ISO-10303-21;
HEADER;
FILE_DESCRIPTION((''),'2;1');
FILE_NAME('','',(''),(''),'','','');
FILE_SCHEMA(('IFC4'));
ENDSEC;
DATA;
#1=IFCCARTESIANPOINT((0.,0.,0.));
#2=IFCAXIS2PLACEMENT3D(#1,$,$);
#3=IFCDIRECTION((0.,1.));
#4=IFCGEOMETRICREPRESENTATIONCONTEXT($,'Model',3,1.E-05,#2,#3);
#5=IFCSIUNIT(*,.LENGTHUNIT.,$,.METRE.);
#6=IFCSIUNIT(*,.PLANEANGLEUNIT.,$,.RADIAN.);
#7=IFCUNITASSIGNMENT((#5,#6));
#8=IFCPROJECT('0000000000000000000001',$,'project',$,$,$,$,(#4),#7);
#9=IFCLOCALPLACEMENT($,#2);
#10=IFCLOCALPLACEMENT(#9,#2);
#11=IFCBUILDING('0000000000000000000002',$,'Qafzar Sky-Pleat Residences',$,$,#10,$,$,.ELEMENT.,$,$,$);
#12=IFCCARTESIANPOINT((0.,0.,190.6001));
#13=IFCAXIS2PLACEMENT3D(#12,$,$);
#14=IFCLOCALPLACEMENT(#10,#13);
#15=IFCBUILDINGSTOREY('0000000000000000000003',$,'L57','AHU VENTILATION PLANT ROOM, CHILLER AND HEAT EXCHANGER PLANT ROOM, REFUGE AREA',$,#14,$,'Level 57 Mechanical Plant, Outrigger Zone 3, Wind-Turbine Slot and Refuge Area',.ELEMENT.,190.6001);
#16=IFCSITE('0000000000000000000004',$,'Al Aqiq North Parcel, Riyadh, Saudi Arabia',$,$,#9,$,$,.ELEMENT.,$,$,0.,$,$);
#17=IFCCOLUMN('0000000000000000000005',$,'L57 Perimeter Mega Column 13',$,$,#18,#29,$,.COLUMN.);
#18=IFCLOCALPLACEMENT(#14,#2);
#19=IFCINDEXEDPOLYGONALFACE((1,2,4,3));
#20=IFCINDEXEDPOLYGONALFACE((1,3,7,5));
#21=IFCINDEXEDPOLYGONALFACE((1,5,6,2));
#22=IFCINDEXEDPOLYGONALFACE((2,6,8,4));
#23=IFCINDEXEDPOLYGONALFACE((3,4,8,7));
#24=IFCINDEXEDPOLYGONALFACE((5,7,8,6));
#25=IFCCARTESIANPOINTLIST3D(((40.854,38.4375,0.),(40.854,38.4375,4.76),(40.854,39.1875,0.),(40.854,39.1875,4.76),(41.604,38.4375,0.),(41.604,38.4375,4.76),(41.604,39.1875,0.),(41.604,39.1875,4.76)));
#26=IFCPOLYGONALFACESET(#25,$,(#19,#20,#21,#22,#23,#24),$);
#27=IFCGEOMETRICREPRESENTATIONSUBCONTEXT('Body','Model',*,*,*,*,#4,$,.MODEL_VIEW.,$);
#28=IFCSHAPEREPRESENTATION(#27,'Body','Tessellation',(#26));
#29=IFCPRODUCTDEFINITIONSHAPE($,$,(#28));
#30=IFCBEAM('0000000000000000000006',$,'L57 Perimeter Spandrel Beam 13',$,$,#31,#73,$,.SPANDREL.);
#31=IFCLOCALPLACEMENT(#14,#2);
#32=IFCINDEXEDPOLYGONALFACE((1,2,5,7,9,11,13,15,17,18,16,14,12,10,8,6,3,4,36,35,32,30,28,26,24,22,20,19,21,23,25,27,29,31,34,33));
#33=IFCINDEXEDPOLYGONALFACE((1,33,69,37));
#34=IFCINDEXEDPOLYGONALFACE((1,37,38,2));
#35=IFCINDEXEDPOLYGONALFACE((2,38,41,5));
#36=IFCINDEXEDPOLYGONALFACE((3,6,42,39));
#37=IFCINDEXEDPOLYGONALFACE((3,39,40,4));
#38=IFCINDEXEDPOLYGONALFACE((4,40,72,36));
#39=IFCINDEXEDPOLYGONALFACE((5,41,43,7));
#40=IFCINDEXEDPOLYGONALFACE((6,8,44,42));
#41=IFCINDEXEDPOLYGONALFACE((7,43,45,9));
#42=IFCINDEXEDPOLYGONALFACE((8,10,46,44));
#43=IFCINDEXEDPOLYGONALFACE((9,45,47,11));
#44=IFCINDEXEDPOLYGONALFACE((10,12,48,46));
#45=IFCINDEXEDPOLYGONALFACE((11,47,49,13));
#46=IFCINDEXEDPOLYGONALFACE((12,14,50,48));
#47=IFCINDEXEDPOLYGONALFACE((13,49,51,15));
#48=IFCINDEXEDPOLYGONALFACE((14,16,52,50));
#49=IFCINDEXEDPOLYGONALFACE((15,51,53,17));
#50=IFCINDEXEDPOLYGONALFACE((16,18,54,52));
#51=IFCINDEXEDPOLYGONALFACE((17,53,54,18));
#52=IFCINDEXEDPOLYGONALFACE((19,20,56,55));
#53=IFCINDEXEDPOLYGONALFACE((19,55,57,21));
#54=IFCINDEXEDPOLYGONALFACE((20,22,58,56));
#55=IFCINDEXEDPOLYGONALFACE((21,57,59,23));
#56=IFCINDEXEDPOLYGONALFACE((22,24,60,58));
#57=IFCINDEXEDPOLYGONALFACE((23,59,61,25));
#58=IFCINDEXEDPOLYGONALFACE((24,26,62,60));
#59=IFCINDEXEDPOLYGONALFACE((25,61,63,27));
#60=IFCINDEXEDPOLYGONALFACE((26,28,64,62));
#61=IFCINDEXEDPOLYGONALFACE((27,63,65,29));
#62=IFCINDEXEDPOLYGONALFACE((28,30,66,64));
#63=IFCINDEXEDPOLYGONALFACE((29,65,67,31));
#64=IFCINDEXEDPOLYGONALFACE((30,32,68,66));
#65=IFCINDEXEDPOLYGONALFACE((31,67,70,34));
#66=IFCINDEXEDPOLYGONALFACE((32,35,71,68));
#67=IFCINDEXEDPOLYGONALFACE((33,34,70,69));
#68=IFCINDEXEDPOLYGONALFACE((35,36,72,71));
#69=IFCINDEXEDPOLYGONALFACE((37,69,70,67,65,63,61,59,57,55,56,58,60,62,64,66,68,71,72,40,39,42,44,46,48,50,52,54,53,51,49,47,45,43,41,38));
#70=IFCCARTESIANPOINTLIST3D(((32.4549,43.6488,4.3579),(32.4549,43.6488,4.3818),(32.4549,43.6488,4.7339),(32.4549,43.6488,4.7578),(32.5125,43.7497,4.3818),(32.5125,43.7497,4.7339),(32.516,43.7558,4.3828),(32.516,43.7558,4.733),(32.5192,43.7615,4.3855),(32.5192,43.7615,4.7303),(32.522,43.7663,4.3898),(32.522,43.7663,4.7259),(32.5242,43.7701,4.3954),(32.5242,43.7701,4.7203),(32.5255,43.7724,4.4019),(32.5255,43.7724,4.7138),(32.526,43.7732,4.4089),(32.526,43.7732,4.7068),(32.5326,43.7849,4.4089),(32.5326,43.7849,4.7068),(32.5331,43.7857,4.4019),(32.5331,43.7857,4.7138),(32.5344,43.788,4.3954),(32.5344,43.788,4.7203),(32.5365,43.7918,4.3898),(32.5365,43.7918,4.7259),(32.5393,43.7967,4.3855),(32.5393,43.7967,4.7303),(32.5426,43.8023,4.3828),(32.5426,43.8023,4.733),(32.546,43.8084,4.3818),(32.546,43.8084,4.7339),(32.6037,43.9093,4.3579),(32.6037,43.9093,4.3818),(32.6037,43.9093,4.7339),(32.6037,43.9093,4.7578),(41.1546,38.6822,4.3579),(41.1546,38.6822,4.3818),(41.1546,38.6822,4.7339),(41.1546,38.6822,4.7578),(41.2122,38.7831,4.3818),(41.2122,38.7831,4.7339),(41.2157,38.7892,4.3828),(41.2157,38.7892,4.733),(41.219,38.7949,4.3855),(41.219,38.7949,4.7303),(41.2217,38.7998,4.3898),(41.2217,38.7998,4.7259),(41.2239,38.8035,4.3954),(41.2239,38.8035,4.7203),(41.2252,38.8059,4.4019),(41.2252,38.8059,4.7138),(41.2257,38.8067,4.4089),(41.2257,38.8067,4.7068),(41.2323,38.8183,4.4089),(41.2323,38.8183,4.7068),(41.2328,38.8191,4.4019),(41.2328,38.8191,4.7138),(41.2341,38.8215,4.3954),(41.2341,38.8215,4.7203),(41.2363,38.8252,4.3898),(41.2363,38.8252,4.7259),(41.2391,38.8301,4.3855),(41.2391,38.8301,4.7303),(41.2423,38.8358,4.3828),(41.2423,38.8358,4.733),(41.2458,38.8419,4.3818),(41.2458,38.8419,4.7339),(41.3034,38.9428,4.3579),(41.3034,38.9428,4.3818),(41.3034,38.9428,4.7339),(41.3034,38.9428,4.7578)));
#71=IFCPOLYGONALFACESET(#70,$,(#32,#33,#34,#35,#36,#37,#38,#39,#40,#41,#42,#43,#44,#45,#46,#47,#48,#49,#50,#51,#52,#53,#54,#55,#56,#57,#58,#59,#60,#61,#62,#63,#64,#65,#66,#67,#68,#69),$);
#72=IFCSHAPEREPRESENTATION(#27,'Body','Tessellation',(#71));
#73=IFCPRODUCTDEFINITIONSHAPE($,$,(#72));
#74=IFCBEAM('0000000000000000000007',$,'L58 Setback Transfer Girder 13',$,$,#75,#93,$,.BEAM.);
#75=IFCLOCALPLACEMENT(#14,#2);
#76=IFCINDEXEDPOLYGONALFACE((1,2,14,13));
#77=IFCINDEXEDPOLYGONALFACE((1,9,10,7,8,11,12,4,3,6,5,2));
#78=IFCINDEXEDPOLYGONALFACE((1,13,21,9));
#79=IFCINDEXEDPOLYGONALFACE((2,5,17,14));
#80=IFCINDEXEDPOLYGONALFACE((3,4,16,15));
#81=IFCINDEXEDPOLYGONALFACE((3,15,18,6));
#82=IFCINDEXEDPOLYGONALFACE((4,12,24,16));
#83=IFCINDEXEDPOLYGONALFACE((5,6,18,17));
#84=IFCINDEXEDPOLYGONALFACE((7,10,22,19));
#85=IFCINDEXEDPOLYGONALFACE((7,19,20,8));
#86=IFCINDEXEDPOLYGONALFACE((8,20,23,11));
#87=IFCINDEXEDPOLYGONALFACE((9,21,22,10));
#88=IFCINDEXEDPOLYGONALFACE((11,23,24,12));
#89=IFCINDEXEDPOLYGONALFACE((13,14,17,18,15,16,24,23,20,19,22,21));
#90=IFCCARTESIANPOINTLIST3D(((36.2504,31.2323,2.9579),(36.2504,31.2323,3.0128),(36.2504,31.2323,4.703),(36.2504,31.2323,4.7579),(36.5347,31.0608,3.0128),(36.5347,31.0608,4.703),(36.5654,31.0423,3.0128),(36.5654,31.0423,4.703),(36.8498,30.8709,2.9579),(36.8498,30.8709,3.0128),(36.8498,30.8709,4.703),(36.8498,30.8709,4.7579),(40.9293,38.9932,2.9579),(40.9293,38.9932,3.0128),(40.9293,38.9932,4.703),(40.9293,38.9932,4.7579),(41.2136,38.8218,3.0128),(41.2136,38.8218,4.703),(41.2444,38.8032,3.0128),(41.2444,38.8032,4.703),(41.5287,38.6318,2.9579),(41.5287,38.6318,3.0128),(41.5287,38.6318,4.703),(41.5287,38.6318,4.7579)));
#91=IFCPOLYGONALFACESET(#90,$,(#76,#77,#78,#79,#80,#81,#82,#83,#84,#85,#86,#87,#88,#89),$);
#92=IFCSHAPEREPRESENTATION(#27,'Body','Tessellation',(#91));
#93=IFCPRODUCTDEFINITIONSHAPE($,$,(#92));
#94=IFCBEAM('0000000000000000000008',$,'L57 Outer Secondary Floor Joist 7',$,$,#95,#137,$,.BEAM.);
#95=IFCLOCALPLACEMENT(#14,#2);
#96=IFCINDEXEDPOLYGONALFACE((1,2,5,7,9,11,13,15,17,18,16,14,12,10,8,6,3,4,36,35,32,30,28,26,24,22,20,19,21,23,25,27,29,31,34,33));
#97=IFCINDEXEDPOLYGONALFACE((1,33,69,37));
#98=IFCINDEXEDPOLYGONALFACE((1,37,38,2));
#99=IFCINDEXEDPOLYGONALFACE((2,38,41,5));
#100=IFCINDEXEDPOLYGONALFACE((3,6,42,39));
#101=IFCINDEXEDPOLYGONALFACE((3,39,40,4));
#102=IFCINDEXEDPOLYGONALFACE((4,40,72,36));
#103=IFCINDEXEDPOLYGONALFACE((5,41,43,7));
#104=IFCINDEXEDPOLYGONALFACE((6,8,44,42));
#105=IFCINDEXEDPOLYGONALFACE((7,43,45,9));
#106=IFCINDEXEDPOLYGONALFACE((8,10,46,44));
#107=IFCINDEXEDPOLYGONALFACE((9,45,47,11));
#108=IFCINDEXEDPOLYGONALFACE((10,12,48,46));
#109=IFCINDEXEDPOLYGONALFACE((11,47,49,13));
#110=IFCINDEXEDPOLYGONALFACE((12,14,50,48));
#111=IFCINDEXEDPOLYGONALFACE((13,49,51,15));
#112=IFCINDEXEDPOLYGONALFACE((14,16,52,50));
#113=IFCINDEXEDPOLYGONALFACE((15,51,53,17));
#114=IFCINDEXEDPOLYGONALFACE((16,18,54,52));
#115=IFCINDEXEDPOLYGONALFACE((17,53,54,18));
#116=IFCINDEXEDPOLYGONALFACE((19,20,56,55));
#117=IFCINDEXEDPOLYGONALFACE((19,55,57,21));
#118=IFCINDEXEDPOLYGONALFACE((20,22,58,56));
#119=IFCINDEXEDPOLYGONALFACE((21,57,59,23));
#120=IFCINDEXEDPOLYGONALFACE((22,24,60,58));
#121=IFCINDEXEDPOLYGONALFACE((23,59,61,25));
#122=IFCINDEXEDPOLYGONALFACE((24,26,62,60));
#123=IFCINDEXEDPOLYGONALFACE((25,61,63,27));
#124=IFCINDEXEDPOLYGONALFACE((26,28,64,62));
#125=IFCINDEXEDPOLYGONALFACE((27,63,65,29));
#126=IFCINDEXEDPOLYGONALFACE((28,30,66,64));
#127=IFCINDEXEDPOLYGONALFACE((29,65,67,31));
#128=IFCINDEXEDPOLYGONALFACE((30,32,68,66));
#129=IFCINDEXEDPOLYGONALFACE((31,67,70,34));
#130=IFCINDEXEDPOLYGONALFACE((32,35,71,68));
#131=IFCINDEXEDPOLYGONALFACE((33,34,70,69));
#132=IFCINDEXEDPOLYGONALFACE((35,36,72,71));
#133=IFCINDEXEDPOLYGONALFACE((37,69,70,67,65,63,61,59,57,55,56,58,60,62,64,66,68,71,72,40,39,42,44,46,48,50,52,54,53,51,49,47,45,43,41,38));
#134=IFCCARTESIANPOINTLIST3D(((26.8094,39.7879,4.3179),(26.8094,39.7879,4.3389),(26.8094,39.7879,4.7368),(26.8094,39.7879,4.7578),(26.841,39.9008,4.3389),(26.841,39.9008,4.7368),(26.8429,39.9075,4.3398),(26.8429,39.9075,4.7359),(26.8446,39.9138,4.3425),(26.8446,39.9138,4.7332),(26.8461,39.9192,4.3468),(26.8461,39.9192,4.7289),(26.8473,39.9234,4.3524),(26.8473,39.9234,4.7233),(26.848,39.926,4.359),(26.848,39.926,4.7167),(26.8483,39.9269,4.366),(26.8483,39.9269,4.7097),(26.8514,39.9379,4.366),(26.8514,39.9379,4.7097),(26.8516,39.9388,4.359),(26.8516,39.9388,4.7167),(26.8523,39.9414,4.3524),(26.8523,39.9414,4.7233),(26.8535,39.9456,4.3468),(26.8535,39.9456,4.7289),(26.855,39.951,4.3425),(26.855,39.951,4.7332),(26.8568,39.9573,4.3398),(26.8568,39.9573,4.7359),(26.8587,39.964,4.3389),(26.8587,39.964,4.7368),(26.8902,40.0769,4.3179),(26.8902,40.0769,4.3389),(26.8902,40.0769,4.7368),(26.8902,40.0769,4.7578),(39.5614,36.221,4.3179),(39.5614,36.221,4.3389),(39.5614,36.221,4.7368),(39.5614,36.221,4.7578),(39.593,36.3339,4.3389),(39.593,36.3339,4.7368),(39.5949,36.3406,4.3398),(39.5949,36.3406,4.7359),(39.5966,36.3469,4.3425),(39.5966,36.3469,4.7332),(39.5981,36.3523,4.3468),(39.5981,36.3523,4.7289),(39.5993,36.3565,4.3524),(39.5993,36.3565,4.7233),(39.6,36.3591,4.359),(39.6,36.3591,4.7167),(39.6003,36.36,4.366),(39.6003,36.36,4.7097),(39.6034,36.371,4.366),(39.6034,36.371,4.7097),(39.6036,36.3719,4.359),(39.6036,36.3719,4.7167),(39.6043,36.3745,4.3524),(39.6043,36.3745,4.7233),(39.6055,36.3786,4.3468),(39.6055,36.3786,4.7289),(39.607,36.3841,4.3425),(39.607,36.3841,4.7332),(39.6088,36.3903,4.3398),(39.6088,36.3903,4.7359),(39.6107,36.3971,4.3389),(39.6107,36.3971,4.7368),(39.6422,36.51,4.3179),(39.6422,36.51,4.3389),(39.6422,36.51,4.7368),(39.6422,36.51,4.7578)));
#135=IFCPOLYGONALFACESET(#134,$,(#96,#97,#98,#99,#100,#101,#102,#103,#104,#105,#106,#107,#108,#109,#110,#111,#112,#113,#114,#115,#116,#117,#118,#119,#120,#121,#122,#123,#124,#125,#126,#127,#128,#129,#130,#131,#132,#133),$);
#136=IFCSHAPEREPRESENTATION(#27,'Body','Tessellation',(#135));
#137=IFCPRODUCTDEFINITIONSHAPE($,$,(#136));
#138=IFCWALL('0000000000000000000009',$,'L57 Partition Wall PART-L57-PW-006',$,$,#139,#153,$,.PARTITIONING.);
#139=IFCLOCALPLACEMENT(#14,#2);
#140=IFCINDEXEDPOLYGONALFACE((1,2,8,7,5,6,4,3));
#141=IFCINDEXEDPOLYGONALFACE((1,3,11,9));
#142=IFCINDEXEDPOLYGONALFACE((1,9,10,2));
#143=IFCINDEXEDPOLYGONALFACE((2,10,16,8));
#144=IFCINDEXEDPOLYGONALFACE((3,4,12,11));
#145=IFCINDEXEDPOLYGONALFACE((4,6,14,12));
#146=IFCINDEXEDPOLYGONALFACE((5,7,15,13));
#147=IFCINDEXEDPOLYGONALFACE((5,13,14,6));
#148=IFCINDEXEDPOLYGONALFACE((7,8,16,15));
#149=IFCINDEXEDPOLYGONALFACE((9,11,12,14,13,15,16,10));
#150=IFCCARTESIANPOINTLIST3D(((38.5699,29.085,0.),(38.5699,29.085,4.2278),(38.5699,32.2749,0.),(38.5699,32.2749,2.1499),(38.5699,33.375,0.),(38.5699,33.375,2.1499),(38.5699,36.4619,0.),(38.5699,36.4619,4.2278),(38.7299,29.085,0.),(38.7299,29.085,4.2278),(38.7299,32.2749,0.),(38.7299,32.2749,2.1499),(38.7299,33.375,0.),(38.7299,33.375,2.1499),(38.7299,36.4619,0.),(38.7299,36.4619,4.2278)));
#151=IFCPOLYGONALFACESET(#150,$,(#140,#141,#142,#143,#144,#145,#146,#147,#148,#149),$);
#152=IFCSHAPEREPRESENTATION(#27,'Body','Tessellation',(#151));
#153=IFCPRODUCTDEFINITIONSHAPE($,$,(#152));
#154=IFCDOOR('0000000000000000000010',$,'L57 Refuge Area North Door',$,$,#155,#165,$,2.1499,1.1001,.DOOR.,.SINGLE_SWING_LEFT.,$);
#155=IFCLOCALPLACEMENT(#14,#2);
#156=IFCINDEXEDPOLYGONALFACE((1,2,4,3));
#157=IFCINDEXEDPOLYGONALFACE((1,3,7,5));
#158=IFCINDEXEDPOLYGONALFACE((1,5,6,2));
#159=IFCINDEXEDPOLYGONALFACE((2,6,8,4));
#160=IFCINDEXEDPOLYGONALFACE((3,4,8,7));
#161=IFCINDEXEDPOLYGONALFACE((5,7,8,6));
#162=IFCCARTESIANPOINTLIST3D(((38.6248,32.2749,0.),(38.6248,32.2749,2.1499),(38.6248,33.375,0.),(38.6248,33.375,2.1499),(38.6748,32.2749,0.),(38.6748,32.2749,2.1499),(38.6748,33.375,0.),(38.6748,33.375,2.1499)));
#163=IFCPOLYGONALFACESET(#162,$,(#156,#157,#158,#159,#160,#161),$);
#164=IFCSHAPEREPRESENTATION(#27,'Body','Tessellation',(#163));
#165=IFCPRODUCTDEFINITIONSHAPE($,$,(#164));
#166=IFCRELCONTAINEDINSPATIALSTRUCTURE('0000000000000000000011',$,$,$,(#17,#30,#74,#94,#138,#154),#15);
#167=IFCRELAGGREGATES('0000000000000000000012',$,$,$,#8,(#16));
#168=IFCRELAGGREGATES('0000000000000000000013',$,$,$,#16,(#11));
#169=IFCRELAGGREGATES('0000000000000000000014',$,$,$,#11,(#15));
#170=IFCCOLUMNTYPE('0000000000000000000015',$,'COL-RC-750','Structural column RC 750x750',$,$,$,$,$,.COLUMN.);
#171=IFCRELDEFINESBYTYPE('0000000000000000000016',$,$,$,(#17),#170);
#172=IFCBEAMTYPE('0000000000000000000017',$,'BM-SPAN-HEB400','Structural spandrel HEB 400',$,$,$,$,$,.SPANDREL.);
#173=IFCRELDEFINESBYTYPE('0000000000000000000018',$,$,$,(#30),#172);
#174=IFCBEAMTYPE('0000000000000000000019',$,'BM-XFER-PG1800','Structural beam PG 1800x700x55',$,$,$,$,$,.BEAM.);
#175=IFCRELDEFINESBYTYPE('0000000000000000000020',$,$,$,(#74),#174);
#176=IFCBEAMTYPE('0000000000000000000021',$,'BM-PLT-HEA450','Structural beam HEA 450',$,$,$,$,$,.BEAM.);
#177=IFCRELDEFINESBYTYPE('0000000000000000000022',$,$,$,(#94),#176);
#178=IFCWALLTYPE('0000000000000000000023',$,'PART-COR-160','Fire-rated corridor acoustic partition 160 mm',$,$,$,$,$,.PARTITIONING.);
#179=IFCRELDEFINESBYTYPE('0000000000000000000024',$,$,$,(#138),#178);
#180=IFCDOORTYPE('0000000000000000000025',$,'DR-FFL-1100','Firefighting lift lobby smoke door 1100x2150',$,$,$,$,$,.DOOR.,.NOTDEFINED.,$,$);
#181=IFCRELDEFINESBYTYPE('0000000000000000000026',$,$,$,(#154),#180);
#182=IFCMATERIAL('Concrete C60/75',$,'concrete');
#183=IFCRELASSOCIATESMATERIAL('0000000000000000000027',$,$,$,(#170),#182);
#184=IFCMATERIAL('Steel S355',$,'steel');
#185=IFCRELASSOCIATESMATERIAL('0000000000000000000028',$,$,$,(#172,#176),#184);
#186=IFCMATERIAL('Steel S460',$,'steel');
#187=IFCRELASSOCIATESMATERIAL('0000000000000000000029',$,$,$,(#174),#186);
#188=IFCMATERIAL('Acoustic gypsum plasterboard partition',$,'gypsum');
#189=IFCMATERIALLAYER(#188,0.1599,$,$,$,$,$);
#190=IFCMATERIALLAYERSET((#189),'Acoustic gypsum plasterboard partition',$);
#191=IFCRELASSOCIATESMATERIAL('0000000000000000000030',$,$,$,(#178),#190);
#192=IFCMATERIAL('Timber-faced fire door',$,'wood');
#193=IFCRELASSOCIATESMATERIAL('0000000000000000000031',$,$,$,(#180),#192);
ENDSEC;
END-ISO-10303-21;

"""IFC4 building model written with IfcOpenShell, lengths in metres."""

from ifc_helpers import new_model, si_unit, direction, frame, frame_2d, origin, origin_2d, place, context, subcontext, project, spatial, rectangle, i_section, extrude, source, transform, mapped, material, layer, layer_set, material_profile, profile_set, type_object, element, fill, save


model = new_model("IFC4")

# Units and contexts
model_context = context("Model", 3, precision=1e-05, world=origin(), true_north=direction((0.0, 1.0)))
body_context = subcontext(model_context, "Body", "Model", "MODEL_VIEW")
ifc_project = project(units=[si_unit("LENGTHUNIT", "METRE"), si_unit("PLANEANGLEUNIT", "RADIAN")], contexts=[model_context])

# Site, building, storey
site_placement = place(None, origin())
site = spatial("IfcSite", under=ifc_project, at=site_placement, Name="Al Aqiq North Parcel, Riyadh, Saudi Arabia", CompositionType="ELEMENT", RefElevation=0.0)
building_placement = place(site_placement, origin())
building = spatial("IfcBuilding", under=site, at=building_placement, Name="Qafzar Sky-Pleat Residences", CompositionType="ELEMENT")
storey_placement = place(building_placement, frame((0.0, 0.0, 190.6001)))
storey = spatial("IfcBuildingStorey", under=building, at=storey_placement, Name="L57", Description="AHU VENTILATION PLANT ROOM, CHILLER AND HEAT EXCHANGER PLANT ROOM, REFUGE AREA", LongName="Level 57 Mechanical Plant, Outrigger Zone 3, Wind-Turbine Slot and Refuge Area", CompositionType="ELEMENT", Elevation=190.6001)

# Column
ifc_material_1 = material(Name="Concrete C60/75", Category="concrete")
ifc_material_profile_1 = material_profile(ifc_material_1, rectangle(XDim=0.75, YDim=0.75, at=origin_2d()), Name="RC 750x750")
ifc_profile_set_1 = profile_set([ifc_material_profile_1], Name="Concrete C60/75")
column_type = type_object("IfcColumnType", Name="COL-RC-750", Description="Structural column RC 750x750", PredefinedType="COLUMN", material=ifc_profile_set_1)
shared_shape_1 = source(origin(), body_context, "Body", "SweptSolid", [
    extrude(rectangle(XDim=0.75, YDim=0.75, at=origin_2d()), origin(), (0.0, 0.0, 1.0), 4.76),
])
column_placement = place(storey_placement, frame((41.229, 38.8125, 0.0), z_axis=(0.0, 0.0, 1.0), x_axis=(1.0, 0.0, 0.0)))
element("IfcColumn", 1, at=column_placement, inside=storey, type_object=column_type, Name="L57 Perimeter Mega Column 13", PredefinedType="COLUMN", context=body_context, shape_type="MappedRepresentation", body=[
    mapped(shared_shape_1, transform((0.0, 0.0, 0.0), x_axis=(1.0, 0.0, 0.0), y_axis=(0.0, 1.0, 0.0), z_axis=(0.0, 0.0, 1.0), scale=1.0)),
])

# Beams
ifc_material_2 = material(Name="Steel S355", Category="steel")
ifc_material_profile_2 = material_profile(ifc_material_2, i_section(OverallWidth=0.3, OverallDepth=0.3999, WebThickness=0.0134, FlangeThickness=0.0239, FilletRadius=0.0271, at=origin_2d()), Name="HEB 400")
ifc_profile_set_2 = profile_set([ifc_material_profile_2], Name="Steel S355")
beam_type_1 = type_object("IfcBeamType", Name="BM-SPAN-HEB400", Description="Structural spandrel HEB 400", PredefinedType="SPANDREL", material=ifc_profile_set_2)
shared_shape_2 = source(origin(), body_context, "Body", "SweptSolid", [
    extrude(i_section(OverallWidth=0.3, OverallDepth=0.3999, WebThickness=0.0134, FlangeThickness=0.0239, FilletRadius=0.0271, at=origin_2d()), origin(), (0.0, 0.0, 1.0), 10.0176),
])
beam_1_placement = place(storey_placement, frame((41.229, 38.8125, 4.5579), z_axis=(-0.868446, 0.495785, 0.0), x_axis=(-0.495785, -0.868446, 0.0)))
element("IfcBeam", 2, at=beam_1_placement, inside=storey, type_object=beam_type_1, Name="L57 Perimeter Spandrel Beam 13", PredefinedType="SPANDREL", context=body_context, shape_type="MappedRepresentation", body=[
    mapped(shared_shape_2, transform((0.0, 0.0, 0.0), x_axis=(1.0, 0.0, 0.0), y_axis=(0.0, 1.0, 0.0), z_axis=(0.0, 0.0, 1.0), scale=1.0)),
])
ifc_material_3 = material(Name="Steel S460", Category="steel")
ifc_material_profile_3 = material_profile(ifc_material_3, i_section(OverallWidth=0.7, OverallDepth=1.8, WebThickness=0.0359, FlangeThickness=0.0549, at=origin_2d()), Name="PG 1800x700x55")
ifc_profile_set_3 = profile_set([ifc_material_profile_3], Name="Steel S460")
beam_type_2 = type_object("IfcBeamType", Name="BM-XFER-PG1800", Description="Structural beam PG 1800x700x55", PredefinedType="BEAM", material=ifc_profile_set_3)
shared_shape_3 = source(origin(), body_context, "Body", "SweptSolid", [
    extrude(i_section(OverallWidth=0.7, OverallDepth=1.8, WebThickness=0.0359, FlangeThickness=0.0549, at=origin_2d()), origin(), (0.0, 0.0, 1.0), 9.0623),
])
beam_2_placement = place(storey_placement, frame((41.229, 38.8125, 3.8579), z_axis=(-0.516309, -0.856402, 0.0), x_axis=(0.856402, -0.516309, 0.0)))
element("IfcBeam", 3, at=beam_2_placement, inside=storey, type_object=beam_type_2, Name="L58 Setback Transfer Girder 13", PredefinedType="BEAM", context=body_context, shape_type="MappedRepresentation", body=[
    mapped(shared_shape_3, transform((0.0, 0.0, 0.0), x_axis=(1.0, 0.0, 0.0), y_axis=(0.0, 1.0, 0.0), z_axis=(0.0, 0.0, 1.0), scale=1.0)),
])
ifc_material_profile_4 = material_profile(ifc_material_2, i_section(OverallWidth=0.3, OverallDepth=0.4399, WebThickness=0.0115, FlangeThickness=0.021, FilletRadius=0.0271, at=origin_2d()), Name="HEA 450")
ifc_profile_set_4 = profile_set([ifc_material_profile_4], Name="Steel S355")
beam_type_3 = type_object("IfcBeamType", Name="BM-PLT-HEA450", Description="Structural beam HEA 450", PredefinedType="BEAM", material=ifc_profile_set_4)
shared_shape_4 = source(origin(), body_context, "Body", "SweptSolid", [
    extrude(i_section(OverallWidth=0.3, OverallDepth=0.4399, WebThickness=0.0115, FlangeThickness=0.021, FilletRadius=0.0271, at=origin_2d()), origin(), (0.0, 0.0, 1.0), 13.2415),
])
beam_3_placement = place(storey_placement, frame((39.6018, 36.3655, 4.5378), z_axis=(-0.963036, 0.269374, 0.0), x_axis=(-0.269374, -0.963036, 0.0)))
element("IfcBeam", 4, at=beam_3_placement, inside=storey, type_object=beam_type_3, Name="L57 Outer Secondary Floor Joist 7", PredefinedType="BEAM", context=body_context, shape_type="MappedRepresentation", body=[
    mapped(shared_shape_4, transform((0.0, 0.0, 0.0), x_axis=(1.0, 0.0, 0.0), y_axis=(0.0, 1.0, 0.0), z_axis=(0.0, 0.0, 1.0), scale=1.0)),
])

# Wall, opening, door
ifc_material_4 = material(Name="Acoustic gypsum plasterboard partition", Category="gypsum")
ifc_layer_1 = layer(ifc_material_4, 0.1599)
ifc_layer_set_1 = layer_set([ifc_layer_1], Name="Acoustic gypsum plasterboard partition")
wall_type_1 = type_object("IfcWallType", Name="PART-COR-160", Description="Fire-rated corridor acoustic partition 160 mm", PredefinedType="PARTITIONING", material=ifc_layer_set_1)
wall_1_placement = place(storey_placement, frame((38.6499, 36.4619, 0.0), z_axis=(0.0, 0.0, 1.0), x_axis=(0.0, -1.0, 0.0)))
wall_1 = element("IfcWall", 5, at=wall_1_placement, inside=storey, type_object=wall_type_1, Name="L57 Partition Wall PART-L57-PW-006", PredefinedType="PARTITIONING", context=body_context, shape_type="SweptSolid", body=[
    extrude(rectangle(XDim=7.377, YDim=0.1599, at=frame_2d((3.6885, 0.0))), origin(), (0.0, 0.0, 1.0), 4.2278),
])
opening_placement = place(wall_1_placement, frame((3.0869, 0.0, 0.0)))
opening = element("IfcOpeningElement", 6, at=opening_placement, cuts=wall_1, PredefinedType="OPENING", context=body_context, shape_type="SweptSolid", body=[
    extrude(rectangle(XDim=1.1001, YDim=2.1499, at=frame_2d((0.55, 1.075))), frame((0.0, 0.0898, 0.0), z_axis=(0.0, -1.0, 0.0), x_axis=(1.0, 0.0, 0.0)), (0.0, 0.0, 1.0), 0.1799),
])
ifc_material_5 = material(Name="Timber-faced fire door", Category="wood")
door_type = type_object("IfcDoorType", Name="DR-FFL-1100", Description="Firefighting lift lobby smoke door 1100x2150", OperationType="NOTDEFINED", PredefinedType="DOOR", material=ifc_material_5)
shared_shape_5 = source(origin(), body_context, "Body", "SweptSolid", [
    extrude(rectangle(XDim=1.1001, YDim=2.1499, at=frame_2d((0.55, 1.075))), frame((0.0, 0.0249, 0.0), z_axis=(0.0, -1.0, 0.0), x_axis=(1.0, 0.0, 0.0)), (0.0, 0.0, 1.0), 0.05),
])
door_placement = place(opening_placement, origin())
door = element("IfcDoor", 7, at=door_placement, inside=storey, type_object=door_type, Name="L57 Refuge Area North Door", OperationType="SINGLE_SWING_LEFT", OverallHeight=2.1499, OverallWidth=1.1001, PredefinedType="DOOR", context=body_context, shape_type="MappedRepresentation", body=[
    mapped(shared_shape_5, transform((0.0, 0.0, 0.0), x_axis=(1.0, 0.0, 0.0), y_axis=(0.0, 1.0, 0.0), z_axis=(0.0, 0.0, 1.0), scale=1.0)),
])
fill(opening, door)

save(model, "model.ifc")
